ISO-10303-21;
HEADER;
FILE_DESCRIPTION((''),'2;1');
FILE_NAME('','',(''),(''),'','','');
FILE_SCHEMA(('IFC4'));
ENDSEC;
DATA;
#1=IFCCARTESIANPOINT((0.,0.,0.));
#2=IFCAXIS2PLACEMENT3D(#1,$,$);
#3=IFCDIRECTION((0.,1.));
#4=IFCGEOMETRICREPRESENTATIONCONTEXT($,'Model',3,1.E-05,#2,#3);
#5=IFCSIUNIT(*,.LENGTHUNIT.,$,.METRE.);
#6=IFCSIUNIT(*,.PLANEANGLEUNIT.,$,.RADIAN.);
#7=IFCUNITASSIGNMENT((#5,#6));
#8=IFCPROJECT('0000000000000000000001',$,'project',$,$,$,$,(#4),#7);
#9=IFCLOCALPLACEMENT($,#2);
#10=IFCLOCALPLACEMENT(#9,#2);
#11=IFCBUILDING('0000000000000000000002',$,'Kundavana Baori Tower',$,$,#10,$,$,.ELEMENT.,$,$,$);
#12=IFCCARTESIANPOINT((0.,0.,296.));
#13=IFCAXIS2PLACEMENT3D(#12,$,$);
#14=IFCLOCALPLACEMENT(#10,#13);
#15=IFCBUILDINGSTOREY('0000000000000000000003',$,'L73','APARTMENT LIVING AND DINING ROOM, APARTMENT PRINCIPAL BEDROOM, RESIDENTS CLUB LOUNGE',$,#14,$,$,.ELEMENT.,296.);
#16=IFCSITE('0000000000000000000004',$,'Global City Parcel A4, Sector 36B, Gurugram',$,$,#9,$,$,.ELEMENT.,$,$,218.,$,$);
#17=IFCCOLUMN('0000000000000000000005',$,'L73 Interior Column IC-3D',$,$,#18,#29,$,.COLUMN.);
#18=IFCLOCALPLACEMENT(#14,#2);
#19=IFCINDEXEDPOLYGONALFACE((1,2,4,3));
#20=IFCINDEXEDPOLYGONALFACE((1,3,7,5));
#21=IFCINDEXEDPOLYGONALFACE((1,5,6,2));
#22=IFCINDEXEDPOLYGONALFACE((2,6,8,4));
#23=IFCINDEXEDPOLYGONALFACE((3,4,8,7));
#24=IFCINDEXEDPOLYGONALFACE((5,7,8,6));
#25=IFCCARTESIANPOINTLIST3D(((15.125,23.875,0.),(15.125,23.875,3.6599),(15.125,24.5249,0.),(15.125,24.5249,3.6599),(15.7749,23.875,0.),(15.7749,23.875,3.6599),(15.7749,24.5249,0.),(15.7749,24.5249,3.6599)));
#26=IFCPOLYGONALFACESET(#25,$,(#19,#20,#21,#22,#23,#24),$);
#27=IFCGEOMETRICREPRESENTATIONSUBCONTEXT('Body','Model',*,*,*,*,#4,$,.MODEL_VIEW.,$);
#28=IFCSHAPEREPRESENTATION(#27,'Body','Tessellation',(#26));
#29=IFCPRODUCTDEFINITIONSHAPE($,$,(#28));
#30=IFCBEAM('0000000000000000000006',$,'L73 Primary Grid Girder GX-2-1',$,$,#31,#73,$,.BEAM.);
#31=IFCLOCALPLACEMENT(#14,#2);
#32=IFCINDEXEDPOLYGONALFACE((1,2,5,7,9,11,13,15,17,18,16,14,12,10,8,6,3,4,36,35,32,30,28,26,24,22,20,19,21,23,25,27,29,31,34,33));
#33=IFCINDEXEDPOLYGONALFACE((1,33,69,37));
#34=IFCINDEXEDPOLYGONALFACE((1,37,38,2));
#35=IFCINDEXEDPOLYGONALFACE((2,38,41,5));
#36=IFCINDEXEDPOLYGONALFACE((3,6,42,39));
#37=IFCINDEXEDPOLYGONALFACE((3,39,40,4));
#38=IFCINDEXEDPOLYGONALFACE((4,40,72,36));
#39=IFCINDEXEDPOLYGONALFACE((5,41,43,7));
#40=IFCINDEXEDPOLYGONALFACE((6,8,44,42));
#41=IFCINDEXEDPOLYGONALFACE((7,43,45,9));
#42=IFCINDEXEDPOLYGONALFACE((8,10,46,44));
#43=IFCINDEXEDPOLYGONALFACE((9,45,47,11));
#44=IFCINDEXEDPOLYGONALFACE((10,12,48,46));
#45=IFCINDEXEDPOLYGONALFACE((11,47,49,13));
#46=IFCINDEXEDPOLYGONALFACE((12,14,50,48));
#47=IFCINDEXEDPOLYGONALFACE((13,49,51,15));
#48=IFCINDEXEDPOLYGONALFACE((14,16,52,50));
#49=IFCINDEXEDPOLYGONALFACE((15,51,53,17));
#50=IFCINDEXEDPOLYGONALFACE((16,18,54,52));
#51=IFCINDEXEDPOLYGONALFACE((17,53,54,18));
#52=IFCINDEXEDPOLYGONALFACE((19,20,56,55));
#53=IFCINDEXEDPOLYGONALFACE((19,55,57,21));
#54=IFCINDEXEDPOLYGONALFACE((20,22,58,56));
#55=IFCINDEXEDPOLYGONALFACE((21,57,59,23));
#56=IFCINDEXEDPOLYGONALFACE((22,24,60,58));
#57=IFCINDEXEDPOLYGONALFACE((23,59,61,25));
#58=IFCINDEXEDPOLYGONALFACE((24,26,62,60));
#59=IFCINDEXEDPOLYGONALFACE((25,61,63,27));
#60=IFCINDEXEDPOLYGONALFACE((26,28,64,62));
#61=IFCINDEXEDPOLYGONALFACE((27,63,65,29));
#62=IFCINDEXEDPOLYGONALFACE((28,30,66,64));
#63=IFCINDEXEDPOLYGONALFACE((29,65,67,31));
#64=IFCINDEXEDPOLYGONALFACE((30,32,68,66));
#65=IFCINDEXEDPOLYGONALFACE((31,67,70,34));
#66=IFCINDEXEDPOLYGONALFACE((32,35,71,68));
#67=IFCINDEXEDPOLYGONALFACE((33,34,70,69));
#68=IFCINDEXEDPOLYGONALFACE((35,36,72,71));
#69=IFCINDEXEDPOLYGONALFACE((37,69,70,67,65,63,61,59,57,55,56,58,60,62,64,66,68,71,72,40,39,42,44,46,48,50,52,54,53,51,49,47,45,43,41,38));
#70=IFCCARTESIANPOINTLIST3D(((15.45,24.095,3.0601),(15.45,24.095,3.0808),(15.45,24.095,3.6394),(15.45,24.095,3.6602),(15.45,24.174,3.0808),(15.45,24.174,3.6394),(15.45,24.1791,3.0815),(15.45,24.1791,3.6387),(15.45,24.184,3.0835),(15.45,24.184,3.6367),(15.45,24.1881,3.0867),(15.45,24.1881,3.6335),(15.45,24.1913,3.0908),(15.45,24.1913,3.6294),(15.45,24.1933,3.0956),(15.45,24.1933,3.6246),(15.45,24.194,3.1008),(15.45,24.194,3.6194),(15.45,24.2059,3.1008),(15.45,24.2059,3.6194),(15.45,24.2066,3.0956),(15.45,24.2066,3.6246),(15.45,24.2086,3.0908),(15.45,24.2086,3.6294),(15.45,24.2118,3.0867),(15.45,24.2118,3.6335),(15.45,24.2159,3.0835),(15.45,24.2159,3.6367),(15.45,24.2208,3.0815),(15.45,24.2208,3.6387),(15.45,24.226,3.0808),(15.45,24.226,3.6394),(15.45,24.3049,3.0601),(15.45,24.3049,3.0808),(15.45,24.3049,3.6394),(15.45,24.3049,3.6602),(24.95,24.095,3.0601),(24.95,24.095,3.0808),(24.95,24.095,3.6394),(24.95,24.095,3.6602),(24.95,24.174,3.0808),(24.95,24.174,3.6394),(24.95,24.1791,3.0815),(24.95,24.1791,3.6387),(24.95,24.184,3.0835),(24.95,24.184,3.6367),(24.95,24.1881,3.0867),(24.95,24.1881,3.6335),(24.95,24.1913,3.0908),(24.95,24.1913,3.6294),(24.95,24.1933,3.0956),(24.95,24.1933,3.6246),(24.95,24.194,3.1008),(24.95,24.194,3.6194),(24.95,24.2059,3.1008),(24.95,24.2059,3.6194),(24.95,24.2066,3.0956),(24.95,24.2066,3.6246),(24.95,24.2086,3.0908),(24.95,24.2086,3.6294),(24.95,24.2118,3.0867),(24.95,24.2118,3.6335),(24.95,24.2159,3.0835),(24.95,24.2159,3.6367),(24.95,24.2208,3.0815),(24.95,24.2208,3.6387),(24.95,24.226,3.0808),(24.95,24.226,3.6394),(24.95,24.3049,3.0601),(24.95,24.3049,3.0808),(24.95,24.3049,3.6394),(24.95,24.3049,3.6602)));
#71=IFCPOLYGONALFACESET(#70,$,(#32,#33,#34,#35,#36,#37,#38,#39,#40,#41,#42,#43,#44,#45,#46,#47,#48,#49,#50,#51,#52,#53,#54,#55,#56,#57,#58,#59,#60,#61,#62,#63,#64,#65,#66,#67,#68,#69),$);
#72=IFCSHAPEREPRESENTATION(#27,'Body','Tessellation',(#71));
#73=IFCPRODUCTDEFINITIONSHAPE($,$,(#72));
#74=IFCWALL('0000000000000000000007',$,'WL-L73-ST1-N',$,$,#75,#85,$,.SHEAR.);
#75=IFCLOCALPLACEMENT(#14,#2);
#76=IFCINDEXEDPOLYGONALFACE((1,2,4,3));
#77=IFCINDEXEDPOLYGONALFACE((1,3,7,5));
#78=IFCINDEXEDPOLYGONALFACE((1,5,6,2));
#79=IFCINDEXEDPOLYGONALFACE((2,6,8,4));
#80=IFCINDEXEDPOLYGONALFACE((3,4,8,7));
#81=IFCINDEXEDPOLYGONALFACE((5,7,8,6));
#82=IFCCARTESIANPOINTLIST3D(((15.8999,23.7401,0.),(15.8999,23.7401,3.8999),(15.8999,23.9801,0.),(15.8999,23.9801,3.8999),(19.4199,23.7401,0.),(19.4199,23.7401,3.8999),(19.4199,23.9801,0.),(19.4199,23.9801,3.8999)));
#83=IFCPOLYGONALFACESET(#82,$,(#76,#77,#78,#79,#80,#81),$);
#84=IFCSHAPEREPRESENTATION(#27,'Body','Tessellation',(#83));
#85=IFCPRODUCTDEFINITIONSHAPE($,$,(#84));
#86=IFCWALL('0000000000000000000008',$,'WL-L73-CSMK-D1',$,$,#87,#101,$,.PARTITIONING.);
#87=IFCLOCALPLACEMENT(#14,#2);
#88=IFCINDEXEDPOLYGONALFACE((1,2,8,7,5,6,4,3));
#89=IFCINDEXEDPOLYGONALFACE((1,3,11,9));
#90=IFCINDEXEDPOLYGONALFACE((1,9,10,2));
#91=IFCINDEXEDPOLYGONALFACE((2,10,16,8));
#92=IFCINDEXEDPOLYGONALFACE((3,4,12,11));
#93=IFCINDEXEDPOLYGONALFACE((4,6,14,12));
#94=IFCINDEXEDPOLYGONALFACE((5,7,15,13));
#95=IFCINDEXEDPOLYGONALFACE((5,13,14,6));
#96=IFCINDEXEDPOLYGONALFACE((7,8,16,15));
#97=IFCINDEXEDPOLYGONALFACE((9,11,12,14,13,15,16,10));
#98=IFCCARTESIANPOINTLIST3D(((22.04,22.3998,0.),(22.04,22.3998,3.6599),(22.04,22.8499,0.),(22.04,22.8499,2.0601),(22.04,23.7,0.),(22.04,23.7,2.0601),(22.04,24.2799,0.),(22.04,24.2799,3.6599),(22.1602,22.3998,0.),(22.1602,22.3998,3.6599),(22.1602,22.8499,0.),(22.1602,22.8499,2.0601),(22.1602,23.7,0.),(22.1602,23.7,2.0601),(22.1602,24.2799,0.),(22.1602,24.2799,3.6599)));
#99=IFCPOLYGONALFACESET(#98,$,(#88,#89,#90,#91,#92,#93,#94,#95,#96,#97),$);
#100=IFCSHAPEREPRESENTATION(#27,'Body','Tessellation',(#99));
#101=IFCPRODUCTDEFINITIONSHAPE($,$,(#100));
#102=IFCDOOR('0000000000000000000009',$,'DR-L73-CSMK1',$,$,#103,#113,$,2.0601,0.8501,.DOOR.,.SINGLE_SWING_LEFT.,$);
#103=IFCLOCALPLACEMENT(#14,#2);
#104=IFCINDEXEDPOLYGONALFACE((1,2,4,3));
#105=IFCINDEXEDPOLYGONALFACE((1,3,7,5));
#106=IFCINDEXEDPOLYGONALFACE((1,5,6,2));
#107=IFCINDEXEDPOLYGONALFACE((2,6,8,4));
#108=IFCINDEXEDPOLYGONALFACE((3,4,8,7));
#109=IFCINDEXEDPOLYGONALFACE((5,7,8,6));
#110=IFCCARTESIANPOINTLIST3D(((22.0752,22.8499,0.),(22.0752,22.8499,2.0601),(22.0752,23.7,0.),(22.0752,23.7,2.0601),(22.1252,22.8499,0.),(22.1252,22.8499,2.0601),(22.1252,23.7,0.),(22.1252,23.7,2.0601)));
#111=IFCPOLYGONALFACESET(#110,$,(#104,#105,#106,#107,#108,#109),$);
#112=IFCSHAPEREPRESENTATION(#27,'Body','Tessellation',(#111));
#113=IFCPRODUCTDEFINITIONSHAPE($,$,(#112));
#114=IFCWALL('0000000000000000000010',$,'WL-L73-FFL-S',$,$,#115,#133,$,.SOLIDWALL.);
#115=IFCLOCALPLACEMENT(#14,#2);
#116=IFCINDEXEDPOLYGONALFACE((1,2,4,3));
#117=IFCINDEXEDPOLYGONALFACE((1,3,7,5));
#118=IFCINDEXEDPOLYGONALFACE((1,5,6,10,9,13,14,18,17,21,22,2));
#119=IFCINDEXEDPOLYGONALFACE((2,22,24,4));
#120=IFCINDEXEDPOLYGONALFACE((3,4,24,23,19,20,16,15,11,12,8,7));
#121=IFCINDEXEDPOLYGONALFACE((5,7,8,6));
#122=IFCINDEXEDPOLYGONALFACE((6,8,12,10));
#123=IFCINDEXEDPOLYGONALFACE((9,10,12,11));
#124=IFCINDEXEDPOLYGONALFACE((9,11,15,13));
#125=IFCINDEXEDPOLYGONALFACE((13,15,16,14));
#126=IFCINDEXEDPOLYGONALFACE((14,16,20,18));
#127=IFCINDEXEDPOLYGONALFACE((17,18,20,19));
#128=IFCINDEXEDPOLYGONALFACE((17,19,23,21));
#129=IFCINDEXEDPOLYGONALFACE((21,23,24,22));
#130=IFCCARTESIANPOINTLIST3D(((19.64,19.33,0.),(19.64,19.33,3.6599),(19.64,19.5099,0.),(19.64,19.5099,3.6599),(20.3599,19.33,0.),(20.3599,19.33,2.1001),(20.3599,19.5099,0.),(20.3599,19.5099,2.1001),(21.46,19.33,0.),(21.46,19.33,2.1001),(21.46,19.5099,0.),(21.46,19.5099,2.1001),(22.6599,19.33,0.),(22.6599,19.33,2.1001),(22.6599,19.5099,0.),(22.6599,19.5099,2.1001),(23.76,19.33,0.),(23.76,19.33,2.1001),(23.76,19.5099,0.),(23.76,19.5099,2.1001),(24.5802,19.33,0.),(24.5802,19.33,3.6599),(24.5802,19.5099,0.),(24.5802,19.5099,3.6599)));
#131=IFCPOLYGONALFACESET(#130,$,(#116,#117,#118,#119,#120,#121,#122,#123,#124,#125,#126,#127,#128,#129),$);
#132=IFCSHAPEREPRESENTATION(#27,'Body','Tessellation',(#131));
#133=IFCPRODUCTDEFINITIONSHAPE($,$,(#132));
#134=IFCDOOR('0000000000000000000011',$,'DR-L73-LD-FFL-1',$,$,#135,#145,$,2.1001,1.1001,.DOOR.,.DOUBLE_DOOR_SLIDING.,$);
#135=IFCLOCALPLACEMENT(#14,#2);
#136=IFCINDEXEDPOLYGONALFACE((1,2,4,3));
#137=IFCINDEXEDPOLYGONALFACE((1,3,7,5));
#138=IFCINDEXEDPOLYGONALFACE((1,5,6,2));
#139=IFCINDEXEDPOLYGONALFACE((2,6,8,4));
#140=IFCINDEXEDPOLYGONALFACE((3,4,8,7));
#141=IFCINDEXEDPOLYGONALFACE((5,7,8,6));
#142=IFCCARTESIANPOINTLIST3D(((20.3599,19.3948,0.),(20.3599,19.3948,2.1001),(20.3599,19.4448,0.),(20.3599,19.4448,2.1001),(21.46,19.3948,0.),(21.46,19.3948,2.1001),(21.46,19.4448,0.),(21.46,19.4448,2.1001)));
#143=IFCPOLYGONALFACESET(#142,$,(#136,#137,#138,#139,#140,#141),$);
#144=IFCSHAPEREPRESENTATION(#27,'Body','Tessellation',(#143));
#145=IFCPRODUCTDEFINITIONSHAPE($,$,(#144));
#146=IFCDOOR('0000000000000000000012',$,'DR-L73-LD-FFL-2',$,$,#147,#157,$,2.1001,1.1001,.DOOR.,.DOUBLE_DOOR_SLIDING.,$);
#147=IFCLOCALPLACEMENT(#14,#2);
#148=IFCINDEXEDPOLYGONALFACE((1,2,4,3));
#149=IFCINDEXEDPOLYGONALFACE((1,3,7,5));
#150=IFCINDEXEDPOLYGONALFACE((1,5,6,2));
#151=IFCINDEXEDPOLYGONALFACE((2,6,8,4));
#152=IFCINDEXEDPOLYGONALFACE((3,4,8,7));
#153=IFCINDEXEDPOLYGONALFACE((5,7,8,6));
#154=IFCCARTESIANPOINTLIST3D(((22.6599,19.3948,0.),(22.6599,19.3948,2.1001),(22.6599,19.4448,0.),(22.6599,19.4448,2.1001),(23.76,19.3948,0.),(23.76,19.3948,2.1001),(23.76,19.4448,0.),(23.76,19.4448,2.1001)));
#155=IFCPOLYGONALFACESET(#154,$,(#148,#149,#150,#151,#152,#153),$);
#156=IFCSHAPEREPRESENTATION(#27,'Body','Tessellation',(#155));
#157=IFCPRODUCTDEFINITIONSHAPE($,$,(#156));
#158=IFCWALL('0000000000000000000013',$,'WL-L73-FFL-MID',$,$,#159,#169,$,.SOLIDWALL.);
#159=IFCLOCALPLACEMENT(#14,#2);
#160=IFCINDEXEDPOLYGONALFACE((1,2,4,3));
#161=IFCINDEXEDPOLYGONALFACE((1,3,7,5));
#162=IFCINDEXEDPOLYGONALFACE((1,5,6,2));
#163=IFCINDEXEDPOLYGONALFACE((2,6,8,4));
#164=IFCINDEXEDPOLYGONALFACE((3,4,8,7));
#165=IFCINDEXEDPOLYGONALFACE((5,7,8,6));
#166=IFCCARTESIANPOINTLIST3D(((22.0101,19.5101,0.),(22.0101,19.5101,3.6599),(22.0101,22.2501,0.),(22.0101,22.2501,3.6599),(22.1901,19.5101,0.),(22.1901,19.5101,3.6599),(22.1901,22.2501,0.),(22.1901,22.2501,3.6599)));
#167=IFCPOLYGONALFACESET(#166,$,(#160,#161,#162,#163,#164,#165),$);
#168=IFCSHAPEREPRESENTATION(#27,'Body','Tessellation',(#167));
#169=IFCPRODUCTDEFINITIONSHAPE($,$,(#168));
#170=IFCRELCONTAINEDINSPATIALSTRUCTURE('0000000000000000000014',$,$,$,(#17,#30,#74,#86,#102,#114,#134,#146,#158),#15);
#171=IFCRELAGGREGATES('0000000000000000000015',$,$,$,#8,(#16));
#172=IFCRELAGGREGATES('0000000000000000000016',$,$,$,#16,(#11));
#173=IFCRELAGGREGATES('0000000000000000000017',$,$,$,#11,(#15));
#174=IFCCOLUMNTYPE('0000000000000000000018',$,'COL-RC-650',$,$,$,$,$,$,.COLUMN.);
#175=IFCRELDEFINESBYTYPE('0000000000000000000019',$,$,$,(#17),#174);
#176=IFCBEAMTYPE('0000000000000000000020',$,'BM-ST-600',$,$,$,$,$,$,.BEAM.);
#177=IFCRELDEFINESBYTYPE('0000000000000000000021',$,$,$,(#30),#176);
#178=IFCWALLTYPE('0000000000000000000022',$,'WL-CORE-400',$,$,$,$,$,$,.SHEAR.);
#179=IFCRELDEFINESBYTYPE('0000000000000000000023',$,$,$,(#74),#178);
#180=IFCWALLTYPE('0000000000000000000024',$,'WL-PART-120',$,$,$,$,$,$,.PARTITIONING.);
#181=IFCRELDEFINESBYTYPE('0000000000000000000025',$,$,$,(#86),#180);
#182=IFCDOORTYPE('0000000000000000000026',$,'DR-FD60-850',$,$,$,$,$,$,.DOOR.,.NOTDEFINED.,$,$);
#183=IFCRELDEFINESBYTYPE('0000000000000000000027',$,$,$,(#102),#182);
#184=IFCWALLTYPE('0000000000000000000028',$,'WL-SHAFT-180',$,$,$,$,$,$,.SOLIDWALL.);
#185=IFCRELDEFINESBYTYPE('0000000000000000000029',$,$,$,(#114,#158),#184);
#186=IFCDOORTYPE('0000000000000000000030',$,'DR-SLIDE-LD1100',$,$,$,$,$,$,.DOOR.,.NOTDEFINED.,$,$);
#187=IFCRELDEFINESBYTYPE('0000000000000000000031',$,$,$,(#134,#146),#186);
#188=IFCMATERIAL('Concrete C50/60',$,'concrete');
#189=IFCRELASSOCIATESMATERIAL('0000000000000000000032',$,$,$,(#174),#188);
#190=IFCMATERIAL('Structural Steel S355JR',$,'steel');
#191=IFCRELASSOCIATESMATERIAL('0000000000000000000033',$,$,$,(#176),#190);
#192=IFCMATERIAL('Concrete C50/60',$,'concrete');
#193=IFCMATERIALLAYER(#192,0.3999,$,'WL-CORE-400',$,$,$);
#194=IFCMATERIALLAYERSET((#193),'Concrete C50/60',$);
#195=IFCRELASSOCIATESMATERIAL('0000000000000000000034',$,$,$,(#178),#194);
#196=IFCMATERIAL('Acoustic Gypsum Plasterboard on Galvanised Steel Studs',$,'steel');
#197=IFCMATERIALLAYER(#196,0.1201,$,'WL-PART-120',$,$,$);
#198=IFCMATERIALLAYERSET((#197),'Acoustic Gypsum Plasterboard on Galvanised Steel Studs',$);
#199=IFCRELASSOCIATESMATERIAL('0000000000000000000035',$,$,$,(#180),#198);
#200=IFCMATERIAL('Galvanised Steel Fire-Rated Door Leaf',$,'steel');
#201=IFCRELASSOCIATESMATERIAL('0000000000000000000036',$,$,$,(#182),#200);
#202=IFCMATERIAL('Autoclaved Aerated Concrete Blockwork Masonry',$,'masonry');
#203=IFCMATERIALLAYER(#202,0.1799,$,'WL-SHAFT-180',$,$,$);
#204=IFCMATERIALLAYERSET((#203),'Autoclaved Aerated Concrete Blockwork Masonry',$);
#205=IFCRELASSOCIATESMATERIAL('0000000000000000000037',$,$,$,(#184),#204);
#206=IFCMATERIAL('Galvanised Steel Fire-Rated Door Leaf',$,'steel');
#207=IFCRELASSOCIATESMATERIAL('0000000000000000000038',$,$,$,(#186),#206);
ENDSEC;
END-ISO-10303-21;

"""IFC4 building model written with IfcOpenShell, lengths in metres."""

from ifc_helpers import new_model, si_unit, direction, frame, frame_2d, origin, origin_2d, place, context, subcontext, project, spatial, rectangle, i_section, extrude, material, layer, layer_set, material_profile, profile_set, type_object, element, fill, save


model = new_model("IFC4")

# Units and contexts
model_context = context("Model", 3, precision=1e-05, world=origin(), true_north=direction((0.0, 1.0)))
body_context = subcontext(model_context, "Body", "Model", "MODEL_VIEW")
ifc_project = project(units=[si_unit("LENGTHUNIT", "METRE"), si_unit("PLANEANGLEUNIT", "RADIAN")], contexts=[model_context])

# Site, building, storey
site_placement = place(None, origin())
site = spatial("IfcSite", under=ifc_project, at=site_placement, Name="Global City Parcel A4, Sector 36B, Gurugram", CompositionType="ELEMENT", RefElevation=218.0)
building_placement = place(site_placement, origin())
building = spatial("IfcBuilding", under=site, at=building_placement, Name="Kundavana Baori Tower", CompositionType="ELEMENT")
storey_placement = place(building_placement, frame((0.0, 0.0, 296.0)))
storey = spatial("IfcBuildingStorey", under=building, at=storey_placement, Name="L73", Description="APARTMENT LIVING AND DINING ROOM, APARTMENT PRINCIPAL BEDROOM, RESIDENTS CLUB LOUNGE", CompositionType="ELEMENT", Elevation=296.0)

# Column
ifc_material_1 = material(Name="Concrete C50/60", Category="concrete")
ifc_material_profile_1 = material_profile(ifc_material_1, rectangle(XDim=0.6499, YDim=0.6499, at=origin_2d()), Name="RC 650x650")
ifc_profile_set_1 = profile_set([ifc_material_profile_1], Name="Concrete C50/60")
column_type = type_object("IfcColumnType", Name="COL-RC-650", PredefinedType="COLUMN", material=ifc_profile_set_1)
column_placement = place(storey_placement, frame((15.45, 24.2, 0.0), z_axis=(0.0, 0.0, 1.0), x_axis=(1.0, 0.0, 0.0)))
element("IfcColumn", 1, at=column_placement, inside=storey, type_object=column_type, Name="L73 Interior Column IC-3D", PredefinedType="COLUMN", context=body_context, shape_type="SweptSolid", body=[
    extrude(rectangle(XDim=0.6499, YDim=0.6499, at=origin_2d()), origin(), (0.0, 0.0, 1.0), 3.6599),
])

# Beam
ifc_material_2 = material(Name="Structural Steel S355JR", Category="steel")
ifc_material_profile_2 = material_profile(ifc_material_2, i_section(OverallWidth=0.21, OverallDepth=0.6001, WebThickness=0.012, FlangeThickness=0.0208, FilletRadius=0.02, at=origin_2d()), Name="ISMB 600")
ifc_profile_set_2 = profile_set([ifc_material_profile_2], Name="Structural Steel S355JR")
beam_type = type_object("IfcBeamType", Name="BM-ST-600", PredefinedType="BEAM", material=ifc_profile_set_2)
beam_placement = place(storey_placement, frame((15.45, 24.2, 3.3601), z_axis=(1.0, 0.0, 0.0), x_axis=(0.0, 1.0, 0.0)))
element("IfcBeam", 2, at=beam_placement, inside=storey, type_object=beam_type, Name="L73 Primary Grid Girder GX-2-1", PredefinedType="BEAM", context=body_context, shape_type="SweptSolid", body=[
    extrude(i_section(OverallWidth=0.21, OverallDepth=0.6001, WebThickness=0.012, FlangeThickness=0.0208, FilletRadius=0.02, at=origin_2d()), origin(), (0.0, 0.0, 1.0), 9.5),
])

# Wall
ifc_material_3 = material(Name="Concrete C50/60", Category="concrete")
ifc_layer_1 = layer(ifc_material_3, 0.3999, Name="WL-CORE-400")
ifc_layer_set_1 = layer_set([ifc_layer_1], Name="Concrete C50/60")
wall_type_1 = type_object("IfcWallType", Name="WL-CORE-400", PredefinedType="SHEAR", material=ifc_layer_set_1)
wall_1_placement = place(storey_placement, frame((15.8999, 23.8601, 0.0), z_axis=(0.0, 0.0, 1.0), x_axis=(1.0, 0.0, 0.0)))
element("IfcWall", 3, at=wall_1_placement, inside=storey, type_object=wall_type_1, Name="WL-L73-ST1-N", PredefinedType="SHEAR", context=body_context, shape_type="SweptSolid", body=[
    extrude(rectangle(XDim=3.52, YDim=0.24, at=frame_2d((1.76, 0.0))), origin(), (0.0, 0.0, 1.0), 3.8999),
])

# Wall, opening, door
ifc_material_4 = material(Name="Acoustic Gypsum Plasterboard on Galvanised Steel Studs", Category="steel")
ifc_layer_2 = layer(ifc_material_4, 0.1201, Name="WL-PART-120")
ifc_layer_set_2 = layer_set([ifc_layer_2], Name="Acoustic Gypsum Plasterboard on Galvanised Steel Studs")
wall_type_2 = type_object("IfcWallType", Name="WL-PART-120", PredefinedType="PARTITIONING", material=ifc_layer_set_2)
wall_2_placement = place(storey_placement, frame((22.1001, 22.3999, 0.0), z_axis=(0.0, 0.0, 1.0), x_axis=(0.0, 1.0, 0.0)))
wall_2 = element("IfcWall", 4, at=wall_2_placement, inside=storey, type_object=wall_type_2, Name="WL-L73-CSMK-D1", PredefinedType="PARTITIONING", context=body_context, shape_type="SweptSolid", body=[
    extrude(rectangle(XDim=1.8801, YDim=0.1201, at=frame_2d((0.9399, 0.0))), origin(), (0.0, 0.0, 1.0), 3.6599),
])
opening_1_placement = place(wall_2_placement, frame((0.45, 0.0, 0.0)))
opening_1 = element("IfcOpeningElement", 5, at=opening_1_placement, cuts=wall_2, PredefinedType="OPENING", context=body_context, shape_type="SweptSolid", body=[
    extrude(rectangle(XDim=0.8501, YDim=2.0601, at=frame_2d((0.425, 1.03))), frame((0.0, 0.0701, 0.0), z_axis=(0.0, -1.0, 0.0), x_axis=(1.0, 0.0, 0.0)), (0.0, 0.0, 1.0), 0.1401),
])
ifc_material_5 = material(Name="Galvanised Steel Fire-Rated Door Leaf", Category="steel")
door_type_1 = type_object("IfcDoorType", Name="DR-FD60-850", OperationType="NOTDEFINED", PredefinedType="DOOR", material=ifc_material_5)
door_1_placement = place(opening_1_placement, origin())
door_1 = element("IfcDoor", 6, at=door_1_placement, inside=storey, type_object=door_type_1, Name="DR-L73-CSMK1", OperationType="SINGLE_SWING_LEFT", OverallHeight=2.0601, OverallWidth=0.8501, PredefinedType="DOOR", context=body_context, shape_type="SweptSolid", body=[
    extrude(rectangle(XDim=0.8501, YDim=2.0601, at=frame_2d((0.425, 1.03))), frame((0.0, 0.0249, 0.0), z_axis=(0.0, -1.0, 0.0), x_axis=(1.0, 0.0, 0.0)), (0.0, 0.0, 1.0), 0.05),
])
fill(opening_1, door_1)

# Wall, openings, doors
ifc_material_6 = material(Name="Autoclaved Aerated Concrete Blockwork Masonry", Category="masonry")
ifc_layer_3 = layer(ifc_material_6, 0.1799, Name="WL-SHAFT-180")
ifc_layer_set_3 = layer_set([ifc_layer_3], Name="Autoclaved Aerated Concrete Blockwork Masonry")
wall_type_3 = type_object("IfcWallType", Name="WL-SHAFT-180", PredefinedType="SOLIDWALL", material=ifc_layer_set_3)
wall_3_placement = place(storey_placement, frame((19.6399, 19.4199, 0.0), z_axis=(0.0, 0.0, 1.0), x_axis=(1.0, 0.0, 0.0)))
wall_3 = element("IfcWall", 7, at=wall_3_placement, inside=storey, type_object=wall_type_3, Name="WL-L73-FFL-S", PredefinedType="SOLIDWALL", context=body_context, shape_type="SweptSolid", body=[
    extrude(rectangle(XDim=4.9402, YDim=0.1799, at=frame_2d((2.4702, 0.0))), origin(), (0.0, 0.0, 1.0), 3.6599),
])
opening_2_placement = place(wall_3_placement, frame((0.72, 0.0, 0.0)))
opening_2 = element("IfcOpeningElement", 8, at=opening_2_placement, cuts=wall_3, PredefinedType="OPENING", context=body_context, shape_type="SweptSolid", body=[
    extrude(rectangle(XDim=1.1001, YDim=2.1001, at=frame_2d((0.55, 1.05))), frame((0.0, 0.1001, 0.0), z_axis=(0.0, -1.0, 0.0), x_axis=(1.0, 0.0, 0.0)), (0.0, 0.0, 1.0), 0.2),
])
opening_3_placement = place(wall_3_placement, frame((3.02, 0.0, 0.0)))
opening_3 = element("IfcOpeningElement", 9, at=opening_3_placement, cuts=wall_3, PredefinedType="OPENING", context=body_context, shape_type="SweptSolid", body=[
    extrude(rectangle(XDim=1.1001, YDim=2.1001, at=frame_2d((0.55, 1.05))), frame((0.0, 0.1001, 0.0), z_axis=(0.0, -1.0, 0.0), x_axis=(1.0, 0.0, 0.0)), (0.0, 0.0, 1.0), 0.2),
])
ifc_material_7 = material(Name="Galvanised Steel Fire-Rated Door Leaf", Category="steel")
door_type_2 = type_object("IfcDoorType", Name="DR-SLIDE-LD1100", OperationType="NOTDEFINED", PredefinedType="DOOR", material=ifc_material_7)
door_2_placement = place(opening_2_placement, origin())
door_2 = element("IfcDoor", 10, at=door_2_placement, inside=storey, type_object=door_type_2, Name="DR-L73-LD-FFL-1", OperationType="DOUBLE_DOOR_SLIDING", OverallHeight=2.1001, OverallWidth=1.1001, PredefinedType="DOOR", context=body_context, shape_type="SweptSolid", body=[
    extrude(rectangle(XDim=1.1001, YDim=2.1001, at=frame_2d((0.55, 1.05))), frame((0.0, 0.0249, 0.0), z_axis=(0.0, -1.0, 0.0), x_axis=(1.0, 0.0, 0.0)), (0.0, 0.0, 1.0), 0.05),
])
fill(opening_2, door_2)
door_3_placement = place(opening_3_placement, origin())
door_3 = element("IfcDoor", 11, at=door_3_placement, inside=storey, type_object=door_type_2, Name="DR-L73-LD-FFL-2", OperationType="DOUBLE_DOOR_SLIDING", OverallHeight=2.1001, OverallWidth=1.1001, PredefinedType="DOOR", context=body_context, shape_type="SweptSolid", body=[
    extrude(rectangle(XDim=1.1001, YDim=2.1001, at=frame_2d((0.55, 1.05))), frame((0.0, 0.0249, 0.0), z_axis=(0.0, -1.0, 0.0), x_axis=(1.0, 0.0, 0.0)), (0.0, 0.0, 1.0), 0.05),
])
fill(opening_3, door_3)

# Wall
wall_4_placement = place(storey_placement, frame((22.1001, 19.51, 0.0), z_axis=(0.0, 0.0, 1.0), x_axis=(0.0, 1.0, 0.0)))
element("IfcWall", 12, at=wall_4_placement, inside=storey, type_object=wall_type_3, Name="WL-L73-FFL-MID", PredefinedType="SOLIDWALL", context=body_context, shape_type="SweptSolid", body=[
    extrude(rectangle(XDim=2.74, YDim=0.1799, at=frame_2d((1.3701, 0.0))), origin(), (0.0, 0.0, 1.0), 3.6599),
])

save(model, "model.ifc")
